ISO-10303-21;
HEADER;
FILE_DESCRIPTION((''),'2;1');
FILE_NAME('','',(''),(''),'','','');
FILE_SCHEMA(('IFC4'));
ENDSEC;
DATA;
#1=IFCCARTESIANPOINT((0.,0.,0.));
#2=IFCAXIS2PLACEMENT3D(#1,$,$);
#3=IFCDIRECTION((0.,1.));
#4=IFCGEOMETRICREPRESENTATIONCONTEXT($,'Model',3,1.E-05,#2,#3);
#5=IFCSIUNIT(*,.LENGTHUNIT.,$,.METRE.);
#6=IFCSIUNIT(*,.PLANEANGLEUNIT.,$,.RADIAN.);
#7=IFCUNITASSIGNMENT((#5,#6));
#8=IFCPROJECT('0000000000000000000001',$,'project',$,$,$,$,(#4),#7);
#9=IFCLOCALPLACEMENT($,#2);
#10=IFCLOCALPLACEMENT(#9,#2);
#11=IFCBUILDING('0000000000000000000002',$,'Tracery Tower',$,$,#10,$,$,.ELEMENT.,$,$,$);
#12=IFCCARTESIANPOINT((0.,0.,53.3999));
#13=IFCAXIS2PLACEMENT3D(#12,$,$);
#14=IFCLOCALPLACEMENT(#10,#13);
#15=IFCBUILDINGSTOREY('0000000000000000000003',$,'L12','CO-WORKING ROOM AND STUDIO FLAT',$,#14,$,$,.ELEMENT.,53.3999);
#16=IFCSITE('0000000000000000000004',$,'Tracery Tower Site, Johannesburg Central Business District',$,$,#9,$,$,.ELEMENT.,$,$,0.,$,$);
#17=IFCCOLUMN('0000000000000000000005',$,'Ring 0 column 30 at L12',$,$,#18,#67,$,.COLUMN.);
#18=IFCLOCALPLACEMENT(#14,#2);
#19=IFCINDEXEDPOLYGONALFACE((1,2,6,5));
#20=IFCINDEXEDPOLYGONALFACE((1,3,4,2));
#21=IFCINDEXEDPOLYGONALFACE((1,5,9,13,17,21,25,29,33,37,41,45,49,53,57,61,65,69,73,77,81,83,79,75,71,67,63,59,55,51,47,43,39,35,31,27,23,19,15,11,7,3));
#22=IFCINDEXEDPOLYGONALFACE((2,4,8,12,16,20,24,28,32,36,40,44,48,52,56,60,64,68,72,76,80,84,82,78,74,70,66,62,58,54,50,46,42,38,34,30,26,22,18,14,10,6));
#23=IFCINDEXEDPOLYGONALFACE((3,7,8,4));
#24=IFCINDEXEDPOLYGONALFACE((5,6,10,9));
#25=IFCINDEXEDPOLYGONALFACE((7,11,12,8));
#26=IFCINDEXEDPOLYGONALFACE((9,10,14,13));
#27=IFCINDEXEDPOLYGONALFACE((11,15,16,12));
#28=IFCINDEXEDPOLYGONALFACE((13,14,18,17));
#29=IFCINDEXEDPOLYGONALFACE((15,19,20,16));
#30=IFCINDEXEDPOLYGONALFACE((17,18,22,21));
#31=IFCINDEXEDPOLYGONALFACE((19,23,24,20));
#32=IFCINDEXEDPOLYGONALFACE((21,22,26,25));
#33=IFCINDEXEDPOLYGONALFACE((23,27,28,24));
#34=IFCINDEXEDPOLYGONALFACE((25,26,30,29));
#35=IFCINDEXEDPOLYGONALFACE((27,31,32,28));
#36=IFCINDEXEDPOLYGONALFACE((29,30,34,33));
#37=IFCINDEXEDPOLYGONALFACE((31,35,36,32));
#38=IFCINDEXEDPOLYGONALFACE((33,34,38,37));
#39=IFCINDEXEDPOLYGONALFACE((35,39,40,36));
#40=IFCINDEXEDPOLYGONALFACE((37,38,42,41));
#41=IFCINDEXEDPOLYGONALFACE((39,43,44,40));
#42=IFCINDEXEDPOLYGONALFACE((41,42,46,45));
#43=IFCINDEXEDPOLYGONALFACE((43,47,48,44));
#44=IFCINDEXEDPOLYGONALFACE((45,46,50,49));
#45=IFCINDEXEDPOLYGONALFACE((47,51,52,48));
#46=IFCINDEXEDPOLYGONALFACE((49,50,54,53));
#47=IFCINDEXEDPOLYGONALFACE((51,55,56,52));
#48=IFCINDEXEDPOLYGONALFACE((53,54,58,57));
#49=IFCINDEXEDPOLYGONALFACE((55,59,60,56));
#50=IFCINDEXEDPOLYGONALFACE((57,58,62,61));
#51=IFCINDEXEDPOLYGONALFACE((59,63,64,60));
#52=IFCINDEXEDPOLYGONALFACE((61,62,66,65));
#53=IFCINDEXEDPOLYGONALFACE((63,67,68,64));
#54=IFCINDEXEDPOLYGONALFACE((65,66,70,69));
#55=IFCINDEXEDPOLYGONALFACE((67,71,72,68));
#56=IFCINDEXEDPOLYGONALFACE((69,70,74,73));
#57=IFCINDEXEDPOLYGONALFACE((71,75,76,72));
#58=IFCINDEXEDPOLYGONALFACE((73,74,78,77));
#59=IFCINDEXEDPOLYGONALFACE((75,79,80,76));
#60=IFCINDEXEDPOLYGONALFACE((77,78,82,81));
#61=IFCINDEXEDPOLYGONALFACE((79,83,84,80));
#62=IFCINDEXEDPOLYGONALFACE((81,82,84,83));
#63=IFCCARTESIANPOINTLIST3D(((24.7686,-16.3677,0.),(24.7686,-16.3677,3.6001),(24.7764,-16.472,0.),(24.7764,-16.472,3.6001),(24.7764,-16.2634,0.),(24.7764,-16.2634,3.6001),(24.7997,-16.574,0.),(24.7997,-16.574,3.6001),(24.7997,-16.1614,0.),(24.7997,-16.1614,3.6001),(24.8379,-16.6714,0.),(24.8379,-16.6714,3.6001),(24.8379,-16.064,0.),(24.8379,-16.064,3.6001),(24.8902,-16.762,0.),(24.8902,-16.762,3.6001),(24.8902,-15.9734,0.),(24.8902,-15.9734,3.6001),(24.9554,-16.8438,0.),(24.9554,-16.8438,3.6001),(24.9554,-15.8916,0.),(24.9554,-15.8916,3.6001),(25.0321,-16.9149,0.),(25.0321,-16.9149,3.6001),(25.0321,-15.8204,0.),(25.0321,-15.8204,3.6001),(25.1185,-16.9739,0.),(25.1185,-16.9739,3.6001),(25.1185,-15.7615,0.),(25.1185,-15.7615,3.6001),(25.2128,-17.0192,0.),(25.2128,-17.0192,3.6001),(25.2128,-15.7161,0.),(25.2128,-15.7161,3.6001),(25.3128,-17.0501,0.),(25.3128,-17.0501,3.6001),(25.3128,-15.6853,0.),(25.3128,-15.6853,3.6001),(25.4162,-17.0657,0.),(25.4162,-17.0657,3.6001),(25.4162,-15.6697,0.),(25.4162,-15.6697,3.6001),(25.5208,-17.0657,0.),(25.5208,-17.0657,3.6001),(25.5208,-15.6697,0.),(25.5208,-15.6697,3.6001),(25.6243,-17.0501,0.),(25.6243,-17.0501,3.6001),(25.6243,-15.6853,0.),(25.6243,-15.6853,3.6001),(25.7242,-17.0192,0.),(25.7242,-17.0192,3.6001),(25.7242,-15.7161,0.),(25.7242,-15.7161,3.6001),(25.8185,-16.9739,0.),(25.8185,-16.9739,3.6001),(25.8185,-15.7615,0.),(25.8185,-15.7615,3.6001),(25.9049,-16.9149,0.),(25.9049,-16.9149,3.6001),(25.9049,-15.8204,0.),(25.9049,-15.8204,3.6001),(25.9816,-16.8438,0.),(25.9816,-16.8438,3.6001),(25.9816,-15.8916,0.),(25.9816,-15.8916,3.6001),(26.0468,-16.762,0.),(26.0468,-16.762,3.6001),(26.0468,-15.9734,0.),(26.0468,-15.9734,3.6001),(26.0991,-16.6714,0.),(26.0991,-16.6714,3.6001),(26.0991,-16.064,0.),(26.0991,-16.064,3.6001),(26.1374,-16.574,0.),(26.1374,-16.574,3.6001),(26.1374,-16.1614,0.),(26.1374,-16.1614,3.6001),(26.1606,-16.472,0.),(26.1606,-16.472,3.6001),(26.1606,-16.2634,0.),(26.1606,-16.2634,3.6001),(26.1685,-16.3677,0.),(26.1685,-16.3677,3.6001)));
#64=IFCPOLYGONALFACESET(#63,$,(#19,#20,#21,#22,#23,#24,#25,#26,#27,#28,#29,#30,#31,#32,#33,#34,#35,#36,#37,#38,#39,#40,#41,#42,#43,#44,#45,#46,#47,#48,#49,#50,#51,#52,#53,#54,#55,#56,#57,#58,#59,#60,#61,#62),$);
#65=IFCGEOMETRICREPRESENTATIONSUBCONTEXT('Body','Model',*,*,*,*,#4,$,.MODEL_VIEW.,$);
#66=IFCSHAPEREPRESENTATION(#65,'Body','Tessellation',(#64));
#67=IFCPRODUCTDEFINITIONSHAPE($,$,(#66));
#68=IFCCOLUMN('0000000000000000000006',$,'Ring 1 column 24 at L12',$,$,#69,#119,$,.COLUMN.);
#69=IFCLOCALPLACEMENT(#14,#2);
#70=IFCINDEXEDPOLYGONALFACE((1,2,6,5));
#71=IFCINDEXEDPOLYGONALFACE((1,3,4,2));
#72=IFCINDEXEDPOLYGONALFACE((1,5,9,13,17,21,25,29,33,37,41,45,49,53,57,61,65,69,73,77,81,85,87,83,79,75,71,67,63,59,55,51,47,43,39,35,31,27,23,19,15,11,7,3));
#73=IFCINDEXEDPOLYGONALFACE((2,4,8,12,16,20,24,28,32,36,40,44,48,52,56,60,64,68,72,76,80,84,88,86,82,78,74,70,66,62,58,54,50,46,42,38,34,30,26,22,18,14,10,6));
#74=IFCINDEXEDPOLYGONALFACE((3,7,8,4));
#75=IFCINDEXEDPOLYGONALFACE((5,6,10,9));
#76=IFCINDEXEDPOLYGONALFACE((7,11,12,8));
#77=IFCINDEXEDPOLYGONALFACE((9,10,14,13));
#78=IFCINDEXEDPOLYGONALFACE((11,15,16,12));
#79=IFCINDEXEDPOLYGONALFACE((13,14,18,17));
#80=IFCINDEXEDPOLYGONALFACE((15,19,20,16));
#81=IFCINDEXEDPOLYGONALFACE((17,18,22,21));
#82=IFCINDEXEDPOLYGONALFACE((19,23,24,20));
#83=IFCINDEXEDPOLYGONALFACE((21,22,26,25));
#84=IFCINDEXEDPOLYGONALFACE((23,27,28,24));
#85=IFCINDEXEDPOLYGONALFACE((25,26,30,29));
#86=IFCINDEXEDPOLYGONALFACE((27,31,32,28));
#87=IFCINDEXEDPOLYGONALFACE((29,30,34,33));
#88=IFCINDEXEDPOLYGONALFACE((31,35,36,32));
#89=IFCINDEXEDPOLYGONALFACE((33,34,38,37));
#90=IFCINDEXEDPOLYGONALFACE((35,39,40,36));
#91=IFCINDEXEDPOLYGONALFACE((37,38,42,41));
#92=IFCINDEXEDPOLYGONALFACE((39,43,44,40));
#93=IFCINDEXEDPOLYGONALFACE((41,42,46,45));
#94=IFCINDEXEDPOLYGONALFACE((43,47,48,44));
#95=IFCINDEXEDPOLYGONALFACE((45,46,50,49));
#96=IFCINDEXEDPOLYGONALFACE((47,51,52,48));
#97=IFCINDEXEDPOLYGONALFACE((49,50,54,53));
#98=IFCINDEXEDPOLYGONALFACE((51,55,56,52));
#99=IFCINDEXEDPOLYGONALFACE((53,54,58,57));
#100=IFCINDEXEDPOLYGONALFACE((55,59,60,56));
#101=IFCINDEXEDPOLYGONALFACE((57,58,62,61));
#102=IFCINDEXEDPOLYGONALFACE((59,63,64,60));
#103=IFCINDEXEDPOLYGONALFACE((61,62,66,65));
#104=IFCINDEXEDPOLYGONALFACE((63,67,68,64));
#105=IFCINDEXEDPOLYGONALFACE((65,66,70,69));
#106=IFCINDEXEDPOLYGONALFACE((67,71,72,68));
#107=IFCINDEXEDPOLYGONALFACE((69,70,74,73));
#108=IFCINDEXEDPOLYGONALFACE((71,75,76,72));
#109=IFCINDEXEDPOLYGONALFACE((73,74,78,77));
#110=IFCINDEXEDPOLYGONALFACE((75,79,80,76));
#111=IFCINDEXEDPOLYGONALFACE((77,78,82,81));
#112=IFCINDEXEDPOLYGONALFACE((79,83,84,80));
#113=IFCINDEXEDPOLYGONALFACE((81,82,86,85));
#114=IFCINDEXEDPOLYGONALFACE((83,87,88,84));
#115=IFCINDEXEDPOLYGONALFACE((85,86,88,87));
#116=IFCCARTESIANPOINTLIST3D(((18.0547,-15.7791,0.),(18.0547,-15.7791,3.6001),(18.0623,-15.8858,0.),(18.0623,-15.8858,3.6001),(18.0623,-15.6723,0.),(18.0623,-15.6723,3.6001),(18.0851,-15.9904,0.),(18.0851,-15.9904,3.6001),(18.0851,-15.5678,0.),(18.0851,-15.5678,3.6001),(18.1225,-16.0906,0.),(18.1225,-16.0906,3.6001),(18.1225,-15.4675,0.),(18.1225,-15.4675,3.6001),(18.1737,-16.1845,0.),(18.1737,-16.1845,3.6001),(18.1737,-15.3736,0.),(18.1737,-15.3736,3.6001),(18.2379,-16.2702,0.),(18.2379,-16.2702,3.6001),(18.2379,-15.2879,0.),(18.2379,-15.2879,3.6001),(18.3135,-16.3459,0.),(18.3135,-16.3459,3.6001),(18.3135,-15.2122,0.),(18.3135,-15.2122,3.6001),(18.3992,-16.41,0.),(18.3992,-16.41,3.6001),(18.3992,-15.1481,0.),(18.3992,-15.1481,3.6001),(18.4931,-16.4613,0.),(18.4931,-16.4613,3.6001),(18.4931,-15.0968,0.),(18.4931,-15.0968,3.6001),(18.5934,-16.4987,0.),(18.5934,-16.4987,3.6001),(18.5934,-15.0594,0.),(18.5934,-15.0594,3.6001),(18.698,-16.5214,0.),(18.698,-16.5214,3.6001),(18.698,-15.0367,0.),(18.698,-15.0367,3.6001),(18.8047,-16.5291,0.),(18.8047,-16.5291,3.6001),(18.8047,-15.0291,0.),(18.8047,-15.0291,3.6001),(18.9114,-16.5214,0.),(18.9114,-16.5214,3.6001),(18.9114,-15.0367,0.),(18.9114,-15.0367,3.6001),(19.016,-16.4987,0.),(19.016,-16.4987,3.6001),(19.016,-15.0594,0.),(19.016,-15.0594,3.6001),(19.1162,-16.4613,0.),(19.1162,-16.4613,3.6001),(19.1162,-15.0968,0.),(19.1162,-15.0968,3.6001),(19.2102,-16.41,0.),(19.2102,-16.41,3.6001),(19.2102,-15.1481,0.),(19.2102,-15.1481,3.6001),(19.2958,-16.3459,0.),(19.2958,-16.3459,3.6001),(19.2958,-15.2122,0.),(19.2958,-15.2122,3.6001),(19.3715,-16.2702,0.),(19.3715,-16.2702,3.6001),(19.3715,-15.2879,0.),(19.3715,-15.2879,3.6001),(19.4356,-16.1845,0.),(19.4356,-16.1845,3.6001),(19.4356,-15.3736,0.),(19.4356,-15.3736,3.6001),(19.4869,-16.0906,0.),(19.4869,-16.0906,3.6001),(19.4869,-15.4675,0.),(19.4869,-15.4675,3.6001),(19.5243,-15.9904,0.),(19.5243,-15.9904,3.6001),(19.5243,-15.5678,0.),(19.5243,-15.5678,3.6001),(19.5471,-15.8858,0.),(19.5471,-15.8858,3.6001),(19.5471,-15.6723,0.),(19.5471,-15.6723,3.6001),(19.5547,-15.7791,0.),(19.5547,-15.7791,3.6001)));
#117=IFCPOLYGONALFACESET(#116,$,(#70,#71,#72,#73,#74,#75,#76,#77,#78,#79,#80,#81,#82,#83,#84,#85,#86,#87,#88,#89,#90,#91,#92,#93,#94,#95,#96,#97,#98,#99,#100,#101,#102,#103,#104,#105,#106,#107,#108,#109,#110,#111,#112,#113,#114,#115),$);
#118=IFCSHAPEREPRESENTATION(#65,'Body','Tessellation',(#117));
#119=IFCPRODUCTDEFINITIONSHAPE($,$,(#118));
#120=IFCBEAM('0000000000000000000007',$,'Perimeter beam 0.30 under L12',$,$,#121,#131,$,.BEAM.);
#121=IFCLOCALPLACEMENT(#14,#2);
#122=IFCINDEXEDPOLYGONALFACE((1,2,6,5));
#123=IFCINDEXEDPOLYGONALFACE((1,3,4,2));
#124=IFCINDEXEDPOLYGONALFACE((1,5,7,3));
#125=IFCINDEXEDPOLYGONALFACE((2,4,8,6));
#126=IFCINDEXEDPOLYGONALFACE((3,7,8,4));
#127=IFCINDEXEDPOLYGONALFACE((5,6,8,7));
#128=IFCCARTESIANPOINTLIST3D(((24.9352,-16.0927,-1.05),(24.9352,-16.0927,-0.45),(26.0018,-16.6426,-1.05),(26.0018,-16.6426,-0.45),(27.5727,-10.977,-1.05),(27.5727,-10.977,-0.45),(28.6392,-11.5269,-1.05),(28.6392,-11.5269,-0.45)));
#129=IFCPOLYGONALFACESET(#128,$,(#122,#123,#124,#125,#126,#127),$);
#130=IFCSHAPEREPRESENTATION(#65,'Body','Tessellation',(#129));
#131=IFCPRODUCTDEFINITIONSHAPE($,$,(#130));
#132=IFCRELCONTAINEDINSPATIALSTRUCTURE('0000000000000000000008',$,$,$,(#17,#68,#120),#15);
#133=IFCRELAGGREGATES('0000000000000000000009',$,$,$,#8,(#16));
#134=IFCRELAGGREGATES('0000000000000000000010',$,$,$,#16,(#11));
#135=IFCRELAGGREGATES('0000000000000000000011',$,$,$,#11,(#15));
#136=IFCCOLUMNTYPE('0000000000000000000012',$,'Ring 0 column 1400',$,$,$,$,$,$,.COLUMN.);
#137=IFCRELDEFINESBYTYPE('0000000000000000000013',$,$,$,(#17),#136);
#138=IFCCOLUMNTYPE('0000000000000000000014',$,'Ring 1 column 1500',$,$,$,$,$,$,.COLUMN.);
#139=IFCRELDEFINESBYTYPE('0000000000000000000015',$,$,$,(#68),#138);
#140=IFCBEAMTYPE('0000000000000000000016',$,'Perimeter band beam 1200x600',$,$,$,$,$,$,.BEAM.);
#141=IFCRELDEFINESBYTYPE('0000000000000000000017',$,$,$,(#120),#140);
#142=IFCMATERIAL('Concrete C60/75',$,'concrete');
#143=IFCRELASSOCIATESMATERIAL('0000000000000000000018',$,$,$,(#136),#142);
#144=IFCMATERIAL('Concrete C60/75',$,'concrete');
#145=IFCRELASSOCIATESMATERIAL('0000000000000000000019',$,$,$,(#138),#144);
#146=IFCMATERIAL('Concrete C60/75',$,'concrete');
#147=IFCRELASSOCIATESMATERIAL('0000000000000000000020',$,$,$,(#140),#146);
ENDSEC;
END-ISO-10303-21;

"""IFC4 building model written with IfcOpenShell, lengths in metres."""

from ifc_helpers import new_model, si_unit, direction, frame, origin, origin_2d, place, context, subcontext, project, spatial, rectangle, circle, extrude, material, material_profile, profile_set, type_object, element, save


model = new_model("IFC4")

# Units and contexts
model_context = context("Model", 3, precision=1e-05, world=origin(), true_north=direction((0.0, 1.0)))
body_context = subcontext(model_context, "Body", "Model", "MODEL_VIEW")
ifc_project = project(units=[si_unit("LENGTHUNIT", "METRE"), si_unit("PLANEANGLEUNIT", "RADIAN")], contexts=[model_context])

# Site, building, storey
site_placement = place(None, origin())
site = spatial("IfcSite", under=ifc_project, at=site_placement, Name="Tracery Tower Site, Johannesburg Central Business District", CompositionType="ELEMENT", RefElevation=0.0)
building_placement = place(site_placement, origin())
building = spatial("IfcBuilding", under=site, at=building_placement, Name="Tracery Tower", CompositionType="ELEMENT")
storey_placement = place(building_placement, frame((0.0, 0.0, 53.3999)))
storey = spatial("IfcBuildingStorey", under=building, at=storey_placement, Name="L12", Description="CO-WORKING ROOM AND STUDIO FLAT", CompositionType="ELEMENT", Elevation=53.3999)

# Columns
ifc_material_1 = material(Name="Concrete C60/75", Category="concrete")
ifc_material_profile_1 = material_profile(ifc_material_1, circle(Radius=0.7, at=origin_2d()), Name="RC D1400")
ifc_profile_set_1 = profile_set([ifc_material_profile_1], Name="Concrete C60/75")
column_type_1 = type_object("IfcColumnType", Name="Ring 0 column 1400", PredefinedType="COLUMN", material=ifc_profile_set_1)
column_1_placement = place(storey_placement, frame((25.4685, -16.3677, 0.0), z_axis=(0.0, 0.0, 1.0), x_axis=(1.0, 0.0, 0.0)))
element("IfcColumn", 1, at=column_1_placement, inside=storey, type_object=column_type_1, Name="Ring 0 column 30 at L12", PredefinedType="COLUMN", context=body_context, shape_type="SweptSolid", body=[
    extrude(circle(Radius=0.7, at=origin_2d()), origin(), (0.0, 0.0, 1.0), 3.6001),
])
ifc_material_2 = material(Name="Concrete C60/75", Category="concrete")
ifc_material_profile_2 = material_profile(ifc_material_2, circle(Radius=0.75, at=origin_2d()), Name="RC D1500")
ifc_profile_set_2 = profile_set([ifc_material_profile_2], Name="Concrete C60/75")
column_type_2 = type_object("IfcColumnType", Name="Ring 1 column 1500", PredefinedType="COLUMN", material=ifc_profile_set_2)
column_2_placement = place(storey_placement, frame((18.8047, -15.7791, 0.0), z_axis=(0.0, 0.0, 1.0), x_axis=(1.0, 0.0, 0.0)))
element("IfcColumn", 2, at=column_2_placement, inside=storey, type_object=column_type_2, Name="Ring 1 column 24 at L12", PredefinedType="COLUMN", context=body_context, shape_type="SweptSolid", body=[
    extrude(circle(Radius=0.75, at=origin_2d()), origin(), (0.0, 0.0, 1.0), 3.6001),
])

# Beam
ifc_material_3 = material(Name="Concrete C60/75", Category="concrete")
ifc_material_profile_3 = material_profile(ifc_material_3, rectangle(XDim=1.2, YDim=0.6001, at=origin_2d()), Name="RC 1200x600")
ifc_profile_set_3 = profile_set([ifc_material_profile_3], Name="Concrete C60/75")
beam_type = type_object("IfcBeamType", Name="Perimeter band beam 1200x600", PredefinedType="BEAM", material=ifc_profile_set_3)
beam_placement = place(storey_placement, frame((25.4685, -16.3677, -0.75), z_axis=(0.458242, 0.888827, 0.0), x_axis=(-0.888827, 0.458242, 0.0)))
element("IfcBeam", 3, at=beam_placement, inside=storey, type_object=beam_type, Name="Perimeter beam 0.30 under L12", PredefinedType="BEAM", context=body_context, shape_type="SweptSolid", body=[
    extrude(rectangle(XDim=1.2, YDim=0.6001, at=origin_2d()), origin(), (0.0, 0.0, 1.0), 5.7556),
])

save(model, "model.ifc")
